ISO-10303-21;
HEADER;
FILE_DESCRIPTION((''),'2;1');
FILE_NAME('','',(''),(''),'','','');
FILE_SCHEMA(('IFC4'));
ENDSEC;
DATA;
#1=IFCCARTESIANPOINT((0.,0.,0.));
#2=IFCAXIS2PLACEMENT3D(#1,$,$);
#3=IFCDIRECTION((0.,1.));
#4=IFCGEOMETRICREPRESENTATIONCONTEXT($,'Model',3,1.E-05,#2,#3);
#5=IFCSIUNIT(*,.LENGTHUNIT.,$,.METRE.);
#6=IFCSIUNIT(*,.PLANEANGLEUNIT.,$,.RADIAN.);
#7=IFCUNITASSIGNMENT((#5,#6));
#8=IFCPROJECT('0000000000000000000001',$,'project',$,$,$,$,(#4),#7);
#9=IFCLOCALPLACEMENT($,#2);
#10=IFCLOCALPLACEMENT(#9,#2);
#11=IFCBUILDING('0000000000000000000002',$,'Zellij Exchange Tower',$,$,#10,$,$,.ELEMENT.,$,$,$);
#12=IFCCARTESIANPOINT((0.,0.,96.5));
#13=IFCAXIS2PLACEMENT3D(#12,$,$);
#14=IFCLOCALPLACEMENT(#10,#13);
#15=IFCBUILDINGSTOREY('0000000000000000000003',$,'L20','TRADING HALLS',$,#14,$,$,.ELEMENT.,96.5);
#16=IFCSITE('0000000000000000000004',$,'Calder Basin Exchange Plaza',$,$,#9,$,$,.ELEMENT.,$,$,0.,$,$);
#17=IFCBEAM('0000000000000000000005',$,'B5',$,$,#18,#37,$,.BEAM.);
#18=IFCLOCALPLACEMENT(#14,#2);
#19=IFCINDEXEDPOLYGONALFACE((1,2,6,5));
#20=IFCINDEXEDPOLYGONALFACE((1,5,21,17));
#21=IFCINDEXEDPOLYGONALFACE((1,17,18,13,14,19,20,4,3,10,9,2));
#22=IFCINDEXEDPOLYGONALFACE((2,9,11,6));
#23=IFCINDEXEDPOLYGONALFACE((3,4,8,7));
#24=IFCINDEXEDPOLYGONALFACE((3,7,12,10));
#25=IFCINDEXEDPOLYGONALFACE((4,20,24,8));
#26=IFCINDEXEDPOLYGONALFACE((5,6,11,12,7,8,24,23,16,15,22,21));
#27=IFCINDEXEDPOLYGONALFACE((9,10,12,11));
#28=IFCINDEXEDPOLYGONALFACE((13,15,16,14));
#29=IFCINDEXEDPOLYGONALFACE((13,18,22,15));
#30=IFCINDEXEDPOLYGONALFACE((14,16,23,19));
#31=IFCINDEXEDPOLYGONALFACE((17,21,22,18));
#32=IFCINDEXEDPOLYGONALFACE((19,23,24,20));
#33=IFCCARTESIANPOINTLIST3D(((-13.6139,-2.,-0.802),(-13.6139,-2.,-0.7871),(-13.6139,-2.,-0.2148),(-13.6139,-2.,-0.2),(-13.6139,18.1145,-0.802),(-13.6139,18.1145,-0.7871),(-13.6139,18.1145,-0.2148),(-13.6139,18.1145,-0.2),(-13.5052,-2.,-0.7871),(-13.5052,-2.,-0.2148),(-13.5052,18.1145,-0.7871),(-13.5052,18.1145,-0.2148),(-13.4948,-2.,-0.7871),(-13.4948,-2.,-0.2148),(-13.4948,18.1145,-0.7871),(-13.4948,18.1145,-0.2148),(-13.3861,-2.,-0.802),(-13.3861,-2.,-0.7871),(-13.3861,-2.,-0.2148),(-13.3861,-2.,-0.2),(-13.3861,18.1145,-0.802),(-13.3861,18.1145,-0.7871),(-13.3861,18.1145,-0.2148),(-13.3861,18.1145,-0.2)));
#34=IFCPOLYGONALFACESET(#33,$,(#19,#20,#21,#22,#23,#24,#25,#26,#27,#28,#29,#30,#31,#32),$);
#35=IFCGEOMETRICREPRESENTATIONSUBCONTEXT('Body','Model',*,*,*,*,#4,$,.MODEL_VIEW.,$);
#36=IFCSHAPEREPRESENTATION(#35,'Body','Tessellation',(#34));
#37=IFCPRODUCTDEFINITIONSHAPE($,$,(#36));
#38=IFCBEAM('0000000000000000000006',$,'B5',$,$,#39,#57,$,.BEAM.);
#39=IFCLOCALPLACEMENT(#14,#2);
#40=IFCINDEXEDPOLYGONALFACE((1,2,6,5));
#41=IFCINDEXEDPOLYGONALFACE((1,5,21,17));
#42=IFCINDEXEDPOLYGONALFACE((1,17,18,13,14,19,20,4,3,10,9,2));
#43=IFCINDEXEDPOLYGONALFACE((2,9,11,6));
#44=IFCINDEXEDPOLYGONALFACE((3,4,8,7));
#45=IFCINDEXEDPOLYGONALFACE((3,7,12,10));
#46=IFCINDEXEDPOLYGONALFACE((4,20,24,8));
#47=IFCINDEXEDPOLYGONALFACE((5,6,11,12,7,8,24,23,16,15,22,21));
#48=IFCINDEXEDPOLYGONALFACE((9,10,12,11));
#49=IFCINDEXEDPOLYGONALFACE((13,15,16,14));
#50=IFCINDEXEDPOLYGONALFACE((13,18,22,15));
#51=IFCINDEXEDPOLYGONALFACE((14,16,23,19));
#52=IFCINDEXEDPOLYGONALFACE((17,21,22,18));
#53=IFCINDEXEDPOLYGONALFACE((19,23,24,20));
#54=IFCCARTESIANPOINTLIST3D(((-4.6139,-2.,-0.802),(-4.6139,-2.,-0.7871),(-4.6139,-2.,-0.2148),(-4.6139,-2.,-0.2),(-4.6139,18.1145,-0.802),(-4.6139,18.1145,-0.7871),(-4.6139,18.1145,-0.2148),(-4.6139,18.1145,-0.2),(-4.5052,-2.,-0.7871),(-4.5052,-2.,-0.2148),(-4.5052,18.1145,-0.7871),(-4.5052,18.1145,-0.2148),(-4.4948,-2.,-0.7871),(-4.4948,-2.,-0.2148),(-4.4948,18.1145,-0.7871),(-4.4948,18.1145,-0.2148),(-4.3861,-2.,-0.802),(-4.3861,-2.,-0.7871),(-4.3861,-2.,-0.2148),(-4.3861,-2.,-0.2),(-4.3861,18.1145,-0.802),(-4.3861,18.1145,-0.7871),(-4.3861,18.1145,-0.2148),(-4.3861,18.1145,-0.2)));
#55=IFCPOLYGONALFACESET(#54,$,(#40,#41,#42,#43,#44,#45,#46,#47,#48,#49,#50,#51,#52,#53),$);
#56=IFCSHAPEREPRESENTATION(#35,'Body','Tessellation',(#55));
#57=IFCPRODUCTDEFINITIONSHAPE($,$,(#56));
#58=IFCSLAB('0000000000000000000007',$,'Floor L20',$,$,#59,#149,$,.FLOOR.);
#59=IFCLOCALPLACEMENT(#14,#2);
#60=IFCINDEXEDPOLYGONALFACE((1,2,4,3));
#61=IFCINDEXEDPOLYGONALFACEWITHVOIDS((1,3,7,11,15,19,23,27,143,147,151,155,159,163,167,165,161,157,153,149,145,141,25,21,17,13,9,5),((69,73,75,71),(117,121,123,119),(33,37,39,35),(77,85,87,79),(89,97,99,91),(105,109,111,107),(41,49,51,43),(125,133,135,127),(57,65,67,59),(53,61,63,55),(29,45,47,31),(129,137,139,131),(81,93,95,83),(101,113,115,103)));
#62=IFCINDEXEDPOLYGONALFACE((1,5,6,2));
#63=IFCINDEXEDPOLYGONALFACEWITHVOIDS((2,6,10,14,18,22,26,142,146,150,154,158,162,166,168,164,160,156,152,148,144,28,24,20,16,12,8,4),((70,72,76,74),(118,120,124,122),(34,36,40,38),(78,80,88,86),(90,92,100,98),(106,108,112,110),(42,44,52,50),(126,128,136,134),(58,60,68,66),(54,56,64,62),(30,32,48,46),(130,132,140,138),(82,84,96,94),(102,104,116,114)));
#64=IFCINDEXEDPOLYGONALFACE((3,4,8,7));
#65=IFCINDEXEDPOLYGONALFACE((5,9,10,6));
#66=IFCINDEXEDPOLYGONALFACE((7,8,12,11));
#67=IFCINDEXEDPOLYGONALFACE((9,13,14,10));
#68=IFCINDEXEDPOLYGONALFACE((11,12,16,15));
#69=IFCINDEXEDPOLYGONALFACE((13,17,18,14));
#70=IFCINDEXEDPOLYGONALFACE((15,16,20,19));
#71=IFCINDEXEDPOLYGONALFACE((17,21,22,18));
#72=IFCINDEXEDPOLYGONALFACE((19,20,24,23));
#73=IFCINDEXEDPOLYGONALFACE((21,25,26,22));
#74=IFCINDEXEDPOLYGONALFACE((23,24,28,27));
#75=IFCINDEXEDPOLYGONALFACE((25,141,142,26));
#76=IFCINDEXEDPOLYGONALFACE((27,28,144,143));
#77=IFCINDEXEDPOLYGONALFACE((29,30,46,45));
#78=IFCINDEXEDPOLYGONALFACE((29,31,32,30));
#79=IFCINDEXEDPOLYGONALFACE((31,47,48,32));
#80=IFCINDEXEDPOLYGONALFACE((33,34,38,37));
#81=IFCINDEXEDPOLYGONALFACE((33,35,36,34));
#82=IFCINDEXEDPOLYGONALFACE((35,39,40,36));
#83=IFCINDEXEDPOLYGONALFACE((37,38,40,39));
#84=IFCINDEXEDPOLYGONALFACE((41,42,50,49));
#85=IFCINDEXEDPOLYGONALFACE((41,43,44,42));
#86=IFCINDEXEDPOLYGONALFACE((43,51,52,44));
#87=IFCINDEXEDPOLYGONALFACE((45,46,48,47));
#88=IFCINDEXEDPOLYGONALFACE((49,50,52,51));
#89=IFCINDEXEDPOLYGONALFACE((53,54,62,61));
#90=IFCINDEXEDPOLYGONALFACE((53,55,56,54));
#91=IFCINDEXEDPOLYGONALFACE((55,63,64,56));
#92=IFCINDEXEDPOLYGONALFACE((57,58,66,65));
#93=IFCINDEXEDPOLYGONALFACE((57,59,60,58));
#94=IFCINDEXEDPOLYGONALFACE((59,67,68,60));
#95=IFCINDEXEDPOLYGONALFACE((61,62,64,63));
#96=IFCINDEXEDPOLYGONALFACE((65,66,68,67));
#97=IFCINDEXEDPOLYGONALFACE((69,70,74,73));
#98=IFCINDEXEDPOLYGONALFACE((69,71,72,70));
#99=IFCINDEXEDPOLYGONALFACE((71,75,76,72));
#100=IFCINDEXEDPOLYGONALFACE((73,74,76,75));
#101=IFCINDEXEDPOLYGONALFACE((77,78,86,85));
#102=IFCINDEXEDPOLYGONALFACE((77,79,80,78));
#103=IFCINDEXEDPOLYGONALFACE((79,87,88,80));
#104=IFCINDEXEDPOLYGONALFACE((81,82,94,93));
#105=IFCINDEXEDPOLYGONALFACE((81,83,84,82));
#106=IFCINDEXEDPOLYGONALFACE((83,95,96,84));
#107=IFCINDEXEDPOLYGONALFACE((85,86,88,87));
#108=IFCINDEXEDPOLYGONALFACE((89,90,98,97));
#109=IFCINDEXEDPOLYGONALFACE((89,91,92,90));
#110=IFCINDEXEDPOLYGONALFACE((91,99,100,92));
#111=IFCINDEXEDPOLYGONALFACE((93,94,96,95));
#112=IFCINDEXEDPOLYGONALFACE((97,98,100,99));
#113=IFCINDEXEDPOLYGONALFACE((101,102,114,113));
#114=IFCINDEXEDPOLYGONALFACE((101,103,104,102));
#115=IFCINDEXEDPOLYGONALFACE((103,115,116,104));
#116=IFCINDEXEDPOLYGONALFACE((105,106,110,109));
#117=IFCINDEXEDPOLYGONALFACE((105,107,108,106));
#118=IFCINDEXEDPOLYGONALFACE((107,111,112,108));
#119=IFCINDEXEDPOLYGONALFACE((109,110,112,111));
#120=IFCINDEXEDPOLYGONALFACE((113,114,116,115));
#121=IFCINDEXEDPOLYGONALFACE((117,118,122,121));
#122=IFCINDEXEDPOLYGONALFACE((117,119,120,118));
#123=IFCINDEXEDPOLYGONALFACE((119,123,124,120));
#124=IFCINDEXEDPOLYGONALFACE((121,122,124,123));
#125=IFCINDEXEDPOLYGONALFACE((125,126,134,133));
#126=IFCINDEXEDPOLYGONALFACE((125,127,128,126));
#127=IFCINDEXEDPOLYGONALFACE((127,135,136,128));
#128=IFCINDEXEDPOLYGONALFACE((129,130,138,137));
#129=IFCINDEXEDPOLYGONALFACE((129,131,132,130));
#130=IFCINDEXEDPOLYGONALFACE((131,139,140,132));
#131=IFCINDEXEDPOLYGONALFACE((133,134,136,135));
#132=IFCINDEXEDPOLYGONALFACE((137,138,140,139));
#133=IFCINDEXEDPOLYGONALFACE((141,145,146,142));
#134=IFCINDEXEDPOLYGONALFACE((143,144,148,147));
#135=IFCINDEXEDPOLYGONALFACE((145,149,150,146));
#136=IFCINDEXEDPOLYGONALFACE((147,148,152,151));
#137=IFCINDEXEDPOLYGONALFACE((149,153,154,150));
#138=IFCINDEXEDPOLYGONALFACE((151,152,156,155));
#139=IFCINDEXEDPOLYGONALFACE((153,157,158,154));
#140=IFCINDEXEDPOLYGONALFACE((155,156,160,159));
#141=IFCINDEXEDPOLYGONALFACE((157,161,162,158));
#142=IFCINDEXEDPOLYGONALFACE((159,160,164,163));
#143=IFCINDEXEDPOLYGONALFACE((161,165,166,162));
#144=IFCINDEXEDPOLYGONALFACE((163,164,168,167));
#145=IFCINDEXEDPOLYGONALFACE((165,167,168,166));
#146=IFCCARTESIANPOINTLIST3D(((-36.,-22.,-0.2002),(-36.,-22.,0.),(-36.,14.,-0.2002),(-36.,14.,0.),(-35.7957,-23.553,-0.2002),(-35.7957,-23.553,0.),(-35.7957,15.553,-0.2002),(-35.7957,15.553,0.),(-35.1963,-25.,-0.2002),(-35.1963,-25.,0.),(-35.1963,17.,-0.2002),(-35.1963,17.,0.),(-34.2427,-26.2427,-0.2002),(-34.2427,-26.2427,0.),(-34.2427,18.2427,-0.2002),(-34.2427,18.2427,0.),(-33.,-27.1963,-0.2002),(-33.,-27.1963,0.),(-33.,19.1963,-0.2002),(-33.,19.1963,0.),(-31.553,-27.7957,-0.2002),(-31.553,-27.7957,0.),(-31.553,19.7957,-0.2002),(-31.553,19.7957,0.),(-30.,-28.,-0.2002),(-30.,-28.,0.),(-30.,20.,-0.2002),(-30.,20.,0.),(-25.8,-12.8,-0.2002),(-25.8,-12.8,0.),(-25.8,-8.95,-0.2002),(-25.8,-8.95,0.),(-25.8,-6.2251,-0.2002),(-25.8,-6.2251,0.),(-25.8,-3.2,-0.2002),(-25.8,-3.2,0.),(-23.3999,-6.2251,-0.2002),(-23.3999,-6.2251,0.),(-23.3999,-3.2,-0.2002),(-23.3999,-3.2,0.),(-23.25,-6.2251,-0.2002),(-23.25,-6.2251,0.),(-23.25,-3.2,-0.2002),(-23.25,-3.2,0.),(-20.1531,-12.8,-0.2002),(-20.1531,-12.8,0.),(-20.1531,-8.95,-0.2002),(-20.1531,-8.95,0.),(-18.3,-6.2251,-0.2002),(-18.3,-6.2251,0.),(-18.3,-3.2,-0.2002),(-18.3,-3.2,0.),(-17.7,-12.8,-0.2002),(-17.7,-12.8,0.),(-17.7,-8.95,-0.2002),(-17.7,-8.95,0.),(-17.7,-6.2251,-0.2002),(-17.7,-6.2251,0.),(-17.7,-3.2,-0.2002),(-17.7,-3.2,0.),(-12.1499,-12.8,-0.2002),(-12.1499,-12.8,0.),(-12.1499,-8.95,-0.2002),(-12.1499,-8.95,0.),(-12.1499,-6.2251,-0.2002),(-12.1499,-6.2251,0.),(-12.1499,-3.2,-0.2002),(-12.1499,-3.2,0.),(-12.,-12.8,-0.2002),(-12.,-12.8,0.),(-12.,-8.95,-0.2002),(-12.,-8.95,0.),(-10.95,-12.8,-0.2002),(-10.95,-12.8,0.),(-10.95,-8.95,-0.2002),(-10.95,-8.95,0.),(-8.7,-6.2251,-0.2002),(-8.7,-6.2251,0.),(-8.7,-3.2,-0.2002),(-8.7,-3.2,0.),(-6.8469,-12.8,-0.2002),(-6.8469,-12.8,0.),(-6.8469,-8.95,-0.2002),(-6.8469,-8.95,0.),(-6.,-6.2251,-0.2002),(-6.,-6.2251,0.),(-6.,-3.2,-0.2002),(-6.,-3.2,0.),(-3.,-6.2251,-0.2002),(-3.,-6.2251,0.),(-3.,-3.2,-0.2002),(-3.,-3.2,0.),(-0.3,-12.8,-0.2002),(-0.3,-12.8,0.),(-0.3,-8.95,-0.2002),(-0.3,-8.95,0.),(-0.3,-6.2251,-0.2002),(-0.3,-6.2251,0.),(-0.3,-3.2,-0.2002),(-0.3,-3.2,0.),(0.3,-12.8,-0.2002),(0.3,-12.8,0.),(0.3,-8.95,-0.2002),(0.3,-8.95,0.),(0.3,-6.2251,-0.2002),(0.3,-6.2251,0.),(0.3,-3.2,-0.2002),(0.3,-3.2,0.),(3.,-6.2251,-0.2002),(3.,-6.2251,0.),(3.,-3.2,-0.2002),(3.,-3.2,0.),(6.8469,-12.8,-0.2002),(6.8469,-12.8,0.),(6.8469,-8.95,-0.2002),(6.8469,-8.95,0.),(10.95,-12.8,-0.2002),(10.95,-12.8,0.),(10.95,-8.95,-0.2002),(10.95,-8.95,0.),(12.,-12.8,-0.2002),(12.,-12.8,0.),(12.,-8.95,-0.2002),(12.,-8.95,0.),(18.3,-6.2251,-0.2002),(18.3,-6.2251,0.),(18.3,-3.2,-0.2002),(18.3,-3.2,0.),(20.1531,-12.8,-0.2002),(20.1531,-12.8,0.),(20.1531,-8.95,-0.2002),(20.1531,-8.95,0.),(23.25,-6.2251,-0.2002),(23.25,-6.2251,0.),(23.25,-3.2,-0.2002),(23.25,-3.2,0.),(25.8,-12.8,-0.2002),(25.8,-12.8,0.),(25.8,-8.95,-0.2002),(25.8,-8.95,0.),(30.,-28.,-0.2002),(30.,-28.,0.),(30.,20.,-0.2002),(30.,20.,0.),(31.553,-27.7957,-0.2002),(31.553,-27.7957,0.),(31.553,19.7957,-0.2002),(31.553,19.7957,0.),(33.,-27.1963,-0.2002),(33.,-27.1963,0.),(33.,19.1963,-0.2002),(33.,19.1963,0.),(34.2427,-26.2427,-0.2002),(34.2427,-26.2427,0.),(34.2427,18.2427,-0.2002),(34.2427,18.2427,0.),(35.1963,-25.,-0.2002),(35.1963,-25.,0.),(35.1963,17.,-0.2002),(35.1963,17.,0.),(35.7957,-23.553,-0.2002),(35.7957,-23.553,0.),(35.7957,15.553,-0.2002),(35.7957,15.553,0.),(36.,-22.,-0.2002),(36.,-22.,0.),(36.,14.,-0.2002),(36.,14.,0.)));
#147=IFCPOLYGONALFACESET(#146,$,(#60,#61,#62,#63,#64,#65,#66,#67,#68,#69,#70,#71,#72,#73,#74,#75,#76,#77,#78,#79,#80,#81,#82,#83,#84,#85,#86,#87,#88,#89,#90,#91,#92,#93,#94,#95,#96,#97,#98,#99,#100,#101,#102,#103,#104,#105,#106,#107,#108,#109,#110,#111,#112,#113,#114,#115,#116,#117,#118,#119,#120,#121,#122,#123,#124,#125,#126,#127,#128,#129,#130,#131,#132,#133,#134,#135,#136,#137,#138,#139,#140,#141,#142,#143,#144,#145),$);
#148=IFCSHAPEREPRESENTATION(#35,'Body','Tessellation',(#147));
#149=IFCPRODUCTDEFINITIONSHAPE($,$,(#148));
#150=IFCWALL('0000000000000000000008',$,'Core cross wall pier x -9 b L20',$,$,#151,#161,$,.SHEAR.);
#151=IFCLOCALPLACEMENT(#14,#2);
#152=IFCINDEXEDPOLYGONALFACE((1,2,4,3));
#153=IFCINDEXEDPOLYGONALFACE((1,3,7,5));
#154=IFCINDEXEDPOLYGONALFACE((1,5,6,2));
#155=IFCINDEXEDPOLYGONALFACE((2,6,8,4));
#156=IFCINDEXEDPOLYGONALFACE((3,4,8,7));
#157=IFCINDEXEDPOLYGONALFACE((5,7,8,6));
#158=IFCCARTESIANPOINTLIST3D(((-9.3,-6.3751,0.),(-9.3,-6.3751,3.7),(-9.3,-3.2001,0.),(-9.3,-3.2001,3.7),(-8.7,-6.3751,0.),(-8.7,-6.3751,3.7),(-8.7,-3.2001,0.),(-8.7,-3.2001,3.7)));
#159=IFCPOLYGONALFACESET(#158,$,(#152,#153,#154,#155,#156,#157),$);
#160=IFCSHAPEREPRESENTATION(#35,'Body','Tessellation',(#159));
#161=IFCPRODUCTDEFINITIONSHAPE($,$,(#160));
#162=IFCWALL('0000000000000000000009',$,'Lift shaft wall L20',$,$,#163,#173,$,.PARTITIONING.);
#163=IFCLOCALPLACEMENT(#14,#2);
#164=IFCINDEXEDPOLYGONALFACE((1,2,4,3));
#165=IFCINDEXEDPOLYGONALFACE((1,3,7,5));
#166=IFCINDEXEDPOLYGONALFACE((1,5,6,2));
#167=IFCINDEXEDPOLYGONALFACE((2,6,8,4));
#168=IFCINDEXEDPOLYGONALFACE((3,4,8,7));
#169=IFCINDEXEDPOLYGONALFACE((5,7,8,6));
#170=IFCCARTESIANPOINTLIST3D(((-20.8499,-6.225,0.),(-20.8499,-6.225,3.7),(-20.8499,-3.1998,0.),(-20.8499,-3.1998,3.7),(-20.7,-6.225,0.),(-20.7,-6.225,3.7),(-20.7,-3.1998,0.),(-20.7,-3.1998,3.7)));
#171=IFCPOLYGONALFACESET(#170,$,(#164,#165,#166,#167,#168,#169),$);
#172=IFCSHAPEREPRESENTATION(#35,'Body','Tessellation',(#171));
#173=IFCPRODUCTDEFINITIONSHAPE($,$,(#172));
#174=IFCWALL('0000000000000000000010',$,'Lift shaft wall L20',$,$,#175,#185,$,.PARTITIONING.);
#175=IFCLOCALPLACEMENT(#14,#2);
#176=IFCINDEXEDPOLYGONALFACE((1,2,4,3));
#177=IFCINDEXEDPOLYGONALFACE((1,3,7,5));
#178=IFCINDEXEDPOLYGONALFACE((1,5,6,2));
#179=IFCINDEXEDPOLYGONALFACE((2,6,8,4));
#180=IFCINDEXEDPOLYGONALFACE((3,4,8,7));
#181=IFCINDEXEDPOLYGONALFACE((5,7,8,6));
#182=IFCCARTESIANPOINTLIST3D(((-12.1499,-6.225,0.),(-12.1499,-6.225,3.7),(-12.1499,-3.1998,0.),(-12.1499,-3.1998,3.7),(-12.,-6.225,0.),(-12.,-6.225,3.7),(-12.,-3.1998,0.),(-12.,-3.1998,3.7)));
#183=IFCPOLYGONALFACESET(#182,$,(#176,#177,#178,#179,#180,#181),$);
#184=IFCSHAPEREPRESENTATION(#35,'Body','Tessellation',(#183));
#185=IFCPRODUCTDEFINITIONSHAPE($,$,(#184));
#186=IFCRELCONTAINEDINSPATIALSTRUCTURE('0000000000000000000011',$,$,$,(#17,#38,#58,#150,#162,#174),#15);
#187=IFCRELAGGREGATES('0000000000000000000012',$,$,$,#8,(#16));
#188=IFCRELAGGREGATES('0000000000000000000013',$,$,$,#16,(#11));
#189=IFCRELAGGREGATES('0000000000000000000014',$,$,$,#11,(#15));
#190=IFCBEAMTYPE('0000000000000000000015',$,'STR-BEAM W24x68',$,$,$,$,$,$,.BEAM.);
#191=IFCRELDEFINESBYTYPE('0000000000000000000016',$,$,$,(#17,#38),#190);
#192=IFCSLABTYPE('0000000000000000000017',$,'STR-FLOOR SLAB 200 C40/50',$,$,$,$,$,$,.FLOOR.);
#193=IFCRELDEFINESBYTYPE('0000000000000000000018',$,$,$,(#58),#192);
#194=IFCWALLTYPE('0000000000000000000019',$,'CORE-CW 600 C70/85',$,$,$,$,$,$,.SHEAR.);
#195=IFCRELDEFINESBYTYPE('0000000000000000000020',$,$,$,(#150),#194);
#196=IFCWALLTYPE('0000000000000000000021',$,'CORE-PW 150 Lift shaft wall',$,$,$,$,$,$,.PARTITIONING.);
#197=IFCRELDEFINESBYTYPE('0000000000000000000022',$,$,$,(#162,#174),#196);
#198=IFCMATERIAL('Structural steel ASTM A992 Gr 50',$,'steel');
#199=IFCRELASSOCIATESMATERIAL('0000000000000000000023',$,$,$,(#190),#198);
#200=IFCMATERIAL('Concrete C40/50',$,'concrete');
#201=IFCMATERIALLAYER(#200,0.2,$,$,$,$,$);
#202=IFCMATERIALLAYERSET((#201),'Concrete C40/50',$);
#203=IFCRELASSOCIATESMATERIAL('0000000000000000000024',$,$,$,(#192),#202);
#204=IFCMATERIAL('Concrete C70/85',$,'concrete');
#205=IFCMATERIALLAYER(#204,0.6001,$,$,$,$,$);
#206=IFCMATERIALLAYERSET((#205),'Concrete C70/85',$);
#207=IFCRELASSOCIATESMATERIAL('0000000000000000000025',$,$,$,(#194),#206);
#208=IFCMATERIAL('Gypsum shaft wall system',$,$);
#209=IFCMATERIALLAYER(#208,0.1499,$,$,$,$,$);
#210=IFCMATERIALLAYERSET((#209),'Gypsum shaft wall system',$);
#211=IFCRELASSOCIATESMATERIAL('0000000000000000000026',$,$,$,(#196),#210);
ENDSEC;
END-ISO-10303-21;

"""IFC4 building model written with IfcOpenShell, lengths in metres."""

from ifc_helpers import new_model, si_unit, direction, frame, frame_2d, origin, origin_2d, place, context, subcontext, project, spatial, polyline, rectangle, i_section, outline, extrude, material, layer, layer_set, material_profile, profile_set, type_object, element, save


model = new_model("IFC4")

# Units and contexts
model_context = context("Model", 3, precision=1e-05, world=origin(), true_north=direction((0.0, 1.0)))
body_context = subcontext(model_context, "Body", "Model", "MODEL_VIEW")
ifc_project = project(units=[si_unit("LENGTHUNIT", "METRE"), si_unit("PLANEANGLEUNIT", "RADIAN")], contexts=[model_context])

# Site, building, storey
site_placement = place(None, origin())
site = spatial("IfcSite", under=ifc_project, at=site_placement, Name="Calder Basin Exchange Plaza", CompositionType="ELEMENT", RefElevation=0.0)
building_placement = place(site_placement, origin())
building = spatial("IfcBuilding", under=site, at=building_placement, Name="Zellij Exchange Tower", CompositionType="ELEMENT")
storey_placement = place(building_placement, frame((0.0, 0.0, 96.5)))
storey = spatial("IfcBuildingStorey", under=building, at=storey_placement, Name="L20", Description="TRADING HALLS", CompositionType="ELEMENT", Elevation=96.5)

# Beams
ifc_material_1 = material(Name="Structural steel ASTM A992 Gr 50", Category="steel")
ifc_material_profile = material_profile(ifc_material_1, i_section(OverallWidth=0.2278, OverallDepth=0.6021, WebThickness=0.0105, FlangeThickness=0.0149, at=origin_2d()), Name="W24x68")
ifc_profile_set = profile_set([ifc_material_profile], Name="Structural steel ASTM A992 Gr 50")
beam_type = type_object("IfcBeamType", Name="STR-BEAM W24x68", PredefinedType="BEAM", material=ifc_profile_set)
for number, where, z_axis, x_axis, name in (
    (1, (-13.5, -2.0, -0.501), (0.0, 1.0, 0.0), (-1.0, 0.0, 0.0), "B5"),
    (2, (-4.5, -2.0, -0.501), (0.0, 1.0, 0.0), (-1.0, 0.0, 0.0), "B5"),
):
    element("IfcBeam", number, at=place(storey_placement, frame(where, z_axis=z_axis, x_axis=x_axis)), inside=storey, type_object=beam_type, Name=name, PredefinedType="BEAM", context=body_context, shape_type="SweptSolid", body=[
        extrude(i_section(OverallWidth=0.2278, OverallDepth=0.6021, WebThickness=0.0105, FlangeThickness=0.0149, at=origin_2d()), origin(), (0.0, 0.0, 1.0), 20.1145),
    ])

# Slab
ifc_material_2 = material(Name="Concrete C40/50", Category="concrete")
ifc_layer_1 = layer(ifc_material_2, 0.2)
ifc_layer_set_1 = layer_set([ifc_layer_1], Name="Concrete C40/50")
slab_type = type_object("IfcSlabType", Name="STR-FLOOR SLAB 200 C40/50", PredefinedType="FLOOR", material=ifc_layer_set_1)
slab_placement = place(storey_placement, frame((0.0, 0.0, -0.2002)))
element("IfcSlab", 3, at=slab_placement, inside=storey, type_object=slab_type, Name="Floor L20", PredefinedType="FLOOR", context=body_context, shape_type="SweptSolid", body=[
    extrude(outline(polyline([(-30.0, -28.0), (-31.553, -27.7957), (-33.0, -27.1963), (-34.2427, -26.2427), (-35.1963, -25.0), (-35.7957, -23.553), (-36.0, -22.0), (-36.0, 14.0), (-35.7957, 15.553), (-35.1963, 17.0), (-34.2427, 18.2427), (-33.0, 19.1963), (-31.553, 19.7957), (-30.0, 20.0), (30.0, 20.0), (31.553, 19.7957), (33.0, 19.1963), (34.2427, 18.2427), (35.1963, 17.0), (35.7957, 15.553), (36.0, 14.0), (36.0, -22.0), (35.7957, -23.553), (35.1963, -25.0), (34.2427, -26.2427), (33.0, -27.1963), (31.553, -27.7957), (30.0, -28.0), (-30.0, -28.0)]), holes=[polyline([(-25.8, -8.95), (-25.8, -12.8), (-20.1531, -12.8), (-20.1531, -8.95), (-25.8, -8.95)]), polyline([(-12.1499, -8.95), (-17.7, -8.95), (-17.7, -12.8), (-12.1499, -12.8), (-12.1499, -8.95)]), polyline([(-10.95, -8.95), (-12.0, -8.95), (-12.0, -12.8), (-10.95, -12.8), (-10.95, -8.95)]), polyline([(-23.3999, -3.2), (-25.8, -3.2), (-25.8, -6.2251), (-23.3999, -6.2251), (-23.3999, -3.2)]), polyline([(-18.3, -3.2), (-23.25, -3.2), (-23.25, -6.2251), (-18.3, -6.2251), (-18.3, -3.2)]), polyline([(-12.1499, -3.2), (-17.7, -3.2), (-17.7, -6.2251), (-12.1499, -6.2251), (-12.1499, -3.2)]), polyline([(-6.0, -3.2), (-8.7, -3.2), (-8.7, -6.2251), (-6.0, -6.2251), (-6.0, -3.2)]), polyline([(-6.8469, -8.95), (-6.8469, -12.8), (-0.3, -12.8), (-0.3, -8.95), (-6.8469, -8.95)]), polyline([(6.8469, -8.95), (0.3, -8.95), (0.3, -12.8), (6.8469, -12.8), (6.8469, -8.95)]), polyline([(12.0, -8.95), (10.95, -8.95), (10.95, -12.8), (12.0, -12.8), (12.0, -8.95)]), polyline([(25.8, -8.95), (20.1531, -8.95), (20.1531, -12.8), (25.8, -12.8), (25.8, -8.95)]), polyline([(-0.3, -3.2), (-3.0, -3.2), (-3.0, -6.2251), (-0.3, -6.2251), (-0.3, -3.2)]), polyline([(3.0, -3.2), (0.3, -3.2), (0.3, -6.2251), (3.0, -6.2251), (3.0, -3.2)]), polyline([(23.25, -3.2), (18.3, -3.2), (18.3, -6.2251), (23.25, -6.2251), (23.25, -3.2)])]), origin(), (0.0, 0.0, 1.0), 0.2002),
])

# Walls
ifc_material_3 = material(Name="Concrete C70/85", Category="concrete")
ifc_layer_2 = layer(ifc_material_3, 0.6001)
ifc_layer_set_2 = layer_set([ifc_layer_2], Name="Concrete C70/85")
wall_type_1 = type_object("IfcWallType", Name="CORE-CW 600 C70/85", PredefinedType="SHEAR", material=ifc_layer_set_2)
wall_1_placement = place(storey_placement, frame((-9.0, -6.375, 0.0), z_axis=(0.0, 0.0, 1.0), x_axis=(0.0, 1.0, 0.0)))
element("IfcWall", 4, at=wall_1_placement, inside=storey, type_object=wall_type_1, Name="Core cross wall pier x -9 b L20", PredefinedType="SHEAR", context=body_context, shape_type="SweptSolid", body=[
    extrude(rectangle(XDim=3.175, YDim=0.6001, at=frame_2d((1.5874, 0.0))), origin(), (0.0, 0.0, 1.0), 3.7),
])
ifc_material_4 = material(Name="Gypsum shaft wall system")
ifc_layer_3 = layer(ifc_material_4, 0.1499)
ifc_layer_set_3 = layer_set([ifc_layer_3], Name="Gypsum shaft wall system")
wall_type_2 = type_object("IfcWallType", Name="CORE-PW 150 Lift shaft wall", PredefinedType="PARTITIONING", material=ifc_layer_set_3)
for number, where, z_axis, x_axis, name in (
    (5, (-20.7749, -6.2251, 0.0), (0.0, 0.0, 1.0), (0.0, 1.0, 0.0), "Lift shaft wall L20"),
    (6, (-12.075, -6.2251, 0.0), (0.0, 0.0, 1.0), (0.0, 1.0, 0.0), "Lift shaft wall L20"),
):
    element("IfcWall", number, at=place(storey_placement, frame(where, z_axis=z_axis, x_axis=x_axis)), inside=storey, type_object=wall_type_2, Name=name, PredefinedType="PARTITIONING", context=body_context, shape_type="SweptSolid", body=[
        extrude(rectangle(XDim=3.0251, YDim=0.1499, at=frame_2d((1.5127, 0.0))), origin(), (0.0, 0.0, 1.0), 3.7),
    ])

save(model, "model.ifc")
